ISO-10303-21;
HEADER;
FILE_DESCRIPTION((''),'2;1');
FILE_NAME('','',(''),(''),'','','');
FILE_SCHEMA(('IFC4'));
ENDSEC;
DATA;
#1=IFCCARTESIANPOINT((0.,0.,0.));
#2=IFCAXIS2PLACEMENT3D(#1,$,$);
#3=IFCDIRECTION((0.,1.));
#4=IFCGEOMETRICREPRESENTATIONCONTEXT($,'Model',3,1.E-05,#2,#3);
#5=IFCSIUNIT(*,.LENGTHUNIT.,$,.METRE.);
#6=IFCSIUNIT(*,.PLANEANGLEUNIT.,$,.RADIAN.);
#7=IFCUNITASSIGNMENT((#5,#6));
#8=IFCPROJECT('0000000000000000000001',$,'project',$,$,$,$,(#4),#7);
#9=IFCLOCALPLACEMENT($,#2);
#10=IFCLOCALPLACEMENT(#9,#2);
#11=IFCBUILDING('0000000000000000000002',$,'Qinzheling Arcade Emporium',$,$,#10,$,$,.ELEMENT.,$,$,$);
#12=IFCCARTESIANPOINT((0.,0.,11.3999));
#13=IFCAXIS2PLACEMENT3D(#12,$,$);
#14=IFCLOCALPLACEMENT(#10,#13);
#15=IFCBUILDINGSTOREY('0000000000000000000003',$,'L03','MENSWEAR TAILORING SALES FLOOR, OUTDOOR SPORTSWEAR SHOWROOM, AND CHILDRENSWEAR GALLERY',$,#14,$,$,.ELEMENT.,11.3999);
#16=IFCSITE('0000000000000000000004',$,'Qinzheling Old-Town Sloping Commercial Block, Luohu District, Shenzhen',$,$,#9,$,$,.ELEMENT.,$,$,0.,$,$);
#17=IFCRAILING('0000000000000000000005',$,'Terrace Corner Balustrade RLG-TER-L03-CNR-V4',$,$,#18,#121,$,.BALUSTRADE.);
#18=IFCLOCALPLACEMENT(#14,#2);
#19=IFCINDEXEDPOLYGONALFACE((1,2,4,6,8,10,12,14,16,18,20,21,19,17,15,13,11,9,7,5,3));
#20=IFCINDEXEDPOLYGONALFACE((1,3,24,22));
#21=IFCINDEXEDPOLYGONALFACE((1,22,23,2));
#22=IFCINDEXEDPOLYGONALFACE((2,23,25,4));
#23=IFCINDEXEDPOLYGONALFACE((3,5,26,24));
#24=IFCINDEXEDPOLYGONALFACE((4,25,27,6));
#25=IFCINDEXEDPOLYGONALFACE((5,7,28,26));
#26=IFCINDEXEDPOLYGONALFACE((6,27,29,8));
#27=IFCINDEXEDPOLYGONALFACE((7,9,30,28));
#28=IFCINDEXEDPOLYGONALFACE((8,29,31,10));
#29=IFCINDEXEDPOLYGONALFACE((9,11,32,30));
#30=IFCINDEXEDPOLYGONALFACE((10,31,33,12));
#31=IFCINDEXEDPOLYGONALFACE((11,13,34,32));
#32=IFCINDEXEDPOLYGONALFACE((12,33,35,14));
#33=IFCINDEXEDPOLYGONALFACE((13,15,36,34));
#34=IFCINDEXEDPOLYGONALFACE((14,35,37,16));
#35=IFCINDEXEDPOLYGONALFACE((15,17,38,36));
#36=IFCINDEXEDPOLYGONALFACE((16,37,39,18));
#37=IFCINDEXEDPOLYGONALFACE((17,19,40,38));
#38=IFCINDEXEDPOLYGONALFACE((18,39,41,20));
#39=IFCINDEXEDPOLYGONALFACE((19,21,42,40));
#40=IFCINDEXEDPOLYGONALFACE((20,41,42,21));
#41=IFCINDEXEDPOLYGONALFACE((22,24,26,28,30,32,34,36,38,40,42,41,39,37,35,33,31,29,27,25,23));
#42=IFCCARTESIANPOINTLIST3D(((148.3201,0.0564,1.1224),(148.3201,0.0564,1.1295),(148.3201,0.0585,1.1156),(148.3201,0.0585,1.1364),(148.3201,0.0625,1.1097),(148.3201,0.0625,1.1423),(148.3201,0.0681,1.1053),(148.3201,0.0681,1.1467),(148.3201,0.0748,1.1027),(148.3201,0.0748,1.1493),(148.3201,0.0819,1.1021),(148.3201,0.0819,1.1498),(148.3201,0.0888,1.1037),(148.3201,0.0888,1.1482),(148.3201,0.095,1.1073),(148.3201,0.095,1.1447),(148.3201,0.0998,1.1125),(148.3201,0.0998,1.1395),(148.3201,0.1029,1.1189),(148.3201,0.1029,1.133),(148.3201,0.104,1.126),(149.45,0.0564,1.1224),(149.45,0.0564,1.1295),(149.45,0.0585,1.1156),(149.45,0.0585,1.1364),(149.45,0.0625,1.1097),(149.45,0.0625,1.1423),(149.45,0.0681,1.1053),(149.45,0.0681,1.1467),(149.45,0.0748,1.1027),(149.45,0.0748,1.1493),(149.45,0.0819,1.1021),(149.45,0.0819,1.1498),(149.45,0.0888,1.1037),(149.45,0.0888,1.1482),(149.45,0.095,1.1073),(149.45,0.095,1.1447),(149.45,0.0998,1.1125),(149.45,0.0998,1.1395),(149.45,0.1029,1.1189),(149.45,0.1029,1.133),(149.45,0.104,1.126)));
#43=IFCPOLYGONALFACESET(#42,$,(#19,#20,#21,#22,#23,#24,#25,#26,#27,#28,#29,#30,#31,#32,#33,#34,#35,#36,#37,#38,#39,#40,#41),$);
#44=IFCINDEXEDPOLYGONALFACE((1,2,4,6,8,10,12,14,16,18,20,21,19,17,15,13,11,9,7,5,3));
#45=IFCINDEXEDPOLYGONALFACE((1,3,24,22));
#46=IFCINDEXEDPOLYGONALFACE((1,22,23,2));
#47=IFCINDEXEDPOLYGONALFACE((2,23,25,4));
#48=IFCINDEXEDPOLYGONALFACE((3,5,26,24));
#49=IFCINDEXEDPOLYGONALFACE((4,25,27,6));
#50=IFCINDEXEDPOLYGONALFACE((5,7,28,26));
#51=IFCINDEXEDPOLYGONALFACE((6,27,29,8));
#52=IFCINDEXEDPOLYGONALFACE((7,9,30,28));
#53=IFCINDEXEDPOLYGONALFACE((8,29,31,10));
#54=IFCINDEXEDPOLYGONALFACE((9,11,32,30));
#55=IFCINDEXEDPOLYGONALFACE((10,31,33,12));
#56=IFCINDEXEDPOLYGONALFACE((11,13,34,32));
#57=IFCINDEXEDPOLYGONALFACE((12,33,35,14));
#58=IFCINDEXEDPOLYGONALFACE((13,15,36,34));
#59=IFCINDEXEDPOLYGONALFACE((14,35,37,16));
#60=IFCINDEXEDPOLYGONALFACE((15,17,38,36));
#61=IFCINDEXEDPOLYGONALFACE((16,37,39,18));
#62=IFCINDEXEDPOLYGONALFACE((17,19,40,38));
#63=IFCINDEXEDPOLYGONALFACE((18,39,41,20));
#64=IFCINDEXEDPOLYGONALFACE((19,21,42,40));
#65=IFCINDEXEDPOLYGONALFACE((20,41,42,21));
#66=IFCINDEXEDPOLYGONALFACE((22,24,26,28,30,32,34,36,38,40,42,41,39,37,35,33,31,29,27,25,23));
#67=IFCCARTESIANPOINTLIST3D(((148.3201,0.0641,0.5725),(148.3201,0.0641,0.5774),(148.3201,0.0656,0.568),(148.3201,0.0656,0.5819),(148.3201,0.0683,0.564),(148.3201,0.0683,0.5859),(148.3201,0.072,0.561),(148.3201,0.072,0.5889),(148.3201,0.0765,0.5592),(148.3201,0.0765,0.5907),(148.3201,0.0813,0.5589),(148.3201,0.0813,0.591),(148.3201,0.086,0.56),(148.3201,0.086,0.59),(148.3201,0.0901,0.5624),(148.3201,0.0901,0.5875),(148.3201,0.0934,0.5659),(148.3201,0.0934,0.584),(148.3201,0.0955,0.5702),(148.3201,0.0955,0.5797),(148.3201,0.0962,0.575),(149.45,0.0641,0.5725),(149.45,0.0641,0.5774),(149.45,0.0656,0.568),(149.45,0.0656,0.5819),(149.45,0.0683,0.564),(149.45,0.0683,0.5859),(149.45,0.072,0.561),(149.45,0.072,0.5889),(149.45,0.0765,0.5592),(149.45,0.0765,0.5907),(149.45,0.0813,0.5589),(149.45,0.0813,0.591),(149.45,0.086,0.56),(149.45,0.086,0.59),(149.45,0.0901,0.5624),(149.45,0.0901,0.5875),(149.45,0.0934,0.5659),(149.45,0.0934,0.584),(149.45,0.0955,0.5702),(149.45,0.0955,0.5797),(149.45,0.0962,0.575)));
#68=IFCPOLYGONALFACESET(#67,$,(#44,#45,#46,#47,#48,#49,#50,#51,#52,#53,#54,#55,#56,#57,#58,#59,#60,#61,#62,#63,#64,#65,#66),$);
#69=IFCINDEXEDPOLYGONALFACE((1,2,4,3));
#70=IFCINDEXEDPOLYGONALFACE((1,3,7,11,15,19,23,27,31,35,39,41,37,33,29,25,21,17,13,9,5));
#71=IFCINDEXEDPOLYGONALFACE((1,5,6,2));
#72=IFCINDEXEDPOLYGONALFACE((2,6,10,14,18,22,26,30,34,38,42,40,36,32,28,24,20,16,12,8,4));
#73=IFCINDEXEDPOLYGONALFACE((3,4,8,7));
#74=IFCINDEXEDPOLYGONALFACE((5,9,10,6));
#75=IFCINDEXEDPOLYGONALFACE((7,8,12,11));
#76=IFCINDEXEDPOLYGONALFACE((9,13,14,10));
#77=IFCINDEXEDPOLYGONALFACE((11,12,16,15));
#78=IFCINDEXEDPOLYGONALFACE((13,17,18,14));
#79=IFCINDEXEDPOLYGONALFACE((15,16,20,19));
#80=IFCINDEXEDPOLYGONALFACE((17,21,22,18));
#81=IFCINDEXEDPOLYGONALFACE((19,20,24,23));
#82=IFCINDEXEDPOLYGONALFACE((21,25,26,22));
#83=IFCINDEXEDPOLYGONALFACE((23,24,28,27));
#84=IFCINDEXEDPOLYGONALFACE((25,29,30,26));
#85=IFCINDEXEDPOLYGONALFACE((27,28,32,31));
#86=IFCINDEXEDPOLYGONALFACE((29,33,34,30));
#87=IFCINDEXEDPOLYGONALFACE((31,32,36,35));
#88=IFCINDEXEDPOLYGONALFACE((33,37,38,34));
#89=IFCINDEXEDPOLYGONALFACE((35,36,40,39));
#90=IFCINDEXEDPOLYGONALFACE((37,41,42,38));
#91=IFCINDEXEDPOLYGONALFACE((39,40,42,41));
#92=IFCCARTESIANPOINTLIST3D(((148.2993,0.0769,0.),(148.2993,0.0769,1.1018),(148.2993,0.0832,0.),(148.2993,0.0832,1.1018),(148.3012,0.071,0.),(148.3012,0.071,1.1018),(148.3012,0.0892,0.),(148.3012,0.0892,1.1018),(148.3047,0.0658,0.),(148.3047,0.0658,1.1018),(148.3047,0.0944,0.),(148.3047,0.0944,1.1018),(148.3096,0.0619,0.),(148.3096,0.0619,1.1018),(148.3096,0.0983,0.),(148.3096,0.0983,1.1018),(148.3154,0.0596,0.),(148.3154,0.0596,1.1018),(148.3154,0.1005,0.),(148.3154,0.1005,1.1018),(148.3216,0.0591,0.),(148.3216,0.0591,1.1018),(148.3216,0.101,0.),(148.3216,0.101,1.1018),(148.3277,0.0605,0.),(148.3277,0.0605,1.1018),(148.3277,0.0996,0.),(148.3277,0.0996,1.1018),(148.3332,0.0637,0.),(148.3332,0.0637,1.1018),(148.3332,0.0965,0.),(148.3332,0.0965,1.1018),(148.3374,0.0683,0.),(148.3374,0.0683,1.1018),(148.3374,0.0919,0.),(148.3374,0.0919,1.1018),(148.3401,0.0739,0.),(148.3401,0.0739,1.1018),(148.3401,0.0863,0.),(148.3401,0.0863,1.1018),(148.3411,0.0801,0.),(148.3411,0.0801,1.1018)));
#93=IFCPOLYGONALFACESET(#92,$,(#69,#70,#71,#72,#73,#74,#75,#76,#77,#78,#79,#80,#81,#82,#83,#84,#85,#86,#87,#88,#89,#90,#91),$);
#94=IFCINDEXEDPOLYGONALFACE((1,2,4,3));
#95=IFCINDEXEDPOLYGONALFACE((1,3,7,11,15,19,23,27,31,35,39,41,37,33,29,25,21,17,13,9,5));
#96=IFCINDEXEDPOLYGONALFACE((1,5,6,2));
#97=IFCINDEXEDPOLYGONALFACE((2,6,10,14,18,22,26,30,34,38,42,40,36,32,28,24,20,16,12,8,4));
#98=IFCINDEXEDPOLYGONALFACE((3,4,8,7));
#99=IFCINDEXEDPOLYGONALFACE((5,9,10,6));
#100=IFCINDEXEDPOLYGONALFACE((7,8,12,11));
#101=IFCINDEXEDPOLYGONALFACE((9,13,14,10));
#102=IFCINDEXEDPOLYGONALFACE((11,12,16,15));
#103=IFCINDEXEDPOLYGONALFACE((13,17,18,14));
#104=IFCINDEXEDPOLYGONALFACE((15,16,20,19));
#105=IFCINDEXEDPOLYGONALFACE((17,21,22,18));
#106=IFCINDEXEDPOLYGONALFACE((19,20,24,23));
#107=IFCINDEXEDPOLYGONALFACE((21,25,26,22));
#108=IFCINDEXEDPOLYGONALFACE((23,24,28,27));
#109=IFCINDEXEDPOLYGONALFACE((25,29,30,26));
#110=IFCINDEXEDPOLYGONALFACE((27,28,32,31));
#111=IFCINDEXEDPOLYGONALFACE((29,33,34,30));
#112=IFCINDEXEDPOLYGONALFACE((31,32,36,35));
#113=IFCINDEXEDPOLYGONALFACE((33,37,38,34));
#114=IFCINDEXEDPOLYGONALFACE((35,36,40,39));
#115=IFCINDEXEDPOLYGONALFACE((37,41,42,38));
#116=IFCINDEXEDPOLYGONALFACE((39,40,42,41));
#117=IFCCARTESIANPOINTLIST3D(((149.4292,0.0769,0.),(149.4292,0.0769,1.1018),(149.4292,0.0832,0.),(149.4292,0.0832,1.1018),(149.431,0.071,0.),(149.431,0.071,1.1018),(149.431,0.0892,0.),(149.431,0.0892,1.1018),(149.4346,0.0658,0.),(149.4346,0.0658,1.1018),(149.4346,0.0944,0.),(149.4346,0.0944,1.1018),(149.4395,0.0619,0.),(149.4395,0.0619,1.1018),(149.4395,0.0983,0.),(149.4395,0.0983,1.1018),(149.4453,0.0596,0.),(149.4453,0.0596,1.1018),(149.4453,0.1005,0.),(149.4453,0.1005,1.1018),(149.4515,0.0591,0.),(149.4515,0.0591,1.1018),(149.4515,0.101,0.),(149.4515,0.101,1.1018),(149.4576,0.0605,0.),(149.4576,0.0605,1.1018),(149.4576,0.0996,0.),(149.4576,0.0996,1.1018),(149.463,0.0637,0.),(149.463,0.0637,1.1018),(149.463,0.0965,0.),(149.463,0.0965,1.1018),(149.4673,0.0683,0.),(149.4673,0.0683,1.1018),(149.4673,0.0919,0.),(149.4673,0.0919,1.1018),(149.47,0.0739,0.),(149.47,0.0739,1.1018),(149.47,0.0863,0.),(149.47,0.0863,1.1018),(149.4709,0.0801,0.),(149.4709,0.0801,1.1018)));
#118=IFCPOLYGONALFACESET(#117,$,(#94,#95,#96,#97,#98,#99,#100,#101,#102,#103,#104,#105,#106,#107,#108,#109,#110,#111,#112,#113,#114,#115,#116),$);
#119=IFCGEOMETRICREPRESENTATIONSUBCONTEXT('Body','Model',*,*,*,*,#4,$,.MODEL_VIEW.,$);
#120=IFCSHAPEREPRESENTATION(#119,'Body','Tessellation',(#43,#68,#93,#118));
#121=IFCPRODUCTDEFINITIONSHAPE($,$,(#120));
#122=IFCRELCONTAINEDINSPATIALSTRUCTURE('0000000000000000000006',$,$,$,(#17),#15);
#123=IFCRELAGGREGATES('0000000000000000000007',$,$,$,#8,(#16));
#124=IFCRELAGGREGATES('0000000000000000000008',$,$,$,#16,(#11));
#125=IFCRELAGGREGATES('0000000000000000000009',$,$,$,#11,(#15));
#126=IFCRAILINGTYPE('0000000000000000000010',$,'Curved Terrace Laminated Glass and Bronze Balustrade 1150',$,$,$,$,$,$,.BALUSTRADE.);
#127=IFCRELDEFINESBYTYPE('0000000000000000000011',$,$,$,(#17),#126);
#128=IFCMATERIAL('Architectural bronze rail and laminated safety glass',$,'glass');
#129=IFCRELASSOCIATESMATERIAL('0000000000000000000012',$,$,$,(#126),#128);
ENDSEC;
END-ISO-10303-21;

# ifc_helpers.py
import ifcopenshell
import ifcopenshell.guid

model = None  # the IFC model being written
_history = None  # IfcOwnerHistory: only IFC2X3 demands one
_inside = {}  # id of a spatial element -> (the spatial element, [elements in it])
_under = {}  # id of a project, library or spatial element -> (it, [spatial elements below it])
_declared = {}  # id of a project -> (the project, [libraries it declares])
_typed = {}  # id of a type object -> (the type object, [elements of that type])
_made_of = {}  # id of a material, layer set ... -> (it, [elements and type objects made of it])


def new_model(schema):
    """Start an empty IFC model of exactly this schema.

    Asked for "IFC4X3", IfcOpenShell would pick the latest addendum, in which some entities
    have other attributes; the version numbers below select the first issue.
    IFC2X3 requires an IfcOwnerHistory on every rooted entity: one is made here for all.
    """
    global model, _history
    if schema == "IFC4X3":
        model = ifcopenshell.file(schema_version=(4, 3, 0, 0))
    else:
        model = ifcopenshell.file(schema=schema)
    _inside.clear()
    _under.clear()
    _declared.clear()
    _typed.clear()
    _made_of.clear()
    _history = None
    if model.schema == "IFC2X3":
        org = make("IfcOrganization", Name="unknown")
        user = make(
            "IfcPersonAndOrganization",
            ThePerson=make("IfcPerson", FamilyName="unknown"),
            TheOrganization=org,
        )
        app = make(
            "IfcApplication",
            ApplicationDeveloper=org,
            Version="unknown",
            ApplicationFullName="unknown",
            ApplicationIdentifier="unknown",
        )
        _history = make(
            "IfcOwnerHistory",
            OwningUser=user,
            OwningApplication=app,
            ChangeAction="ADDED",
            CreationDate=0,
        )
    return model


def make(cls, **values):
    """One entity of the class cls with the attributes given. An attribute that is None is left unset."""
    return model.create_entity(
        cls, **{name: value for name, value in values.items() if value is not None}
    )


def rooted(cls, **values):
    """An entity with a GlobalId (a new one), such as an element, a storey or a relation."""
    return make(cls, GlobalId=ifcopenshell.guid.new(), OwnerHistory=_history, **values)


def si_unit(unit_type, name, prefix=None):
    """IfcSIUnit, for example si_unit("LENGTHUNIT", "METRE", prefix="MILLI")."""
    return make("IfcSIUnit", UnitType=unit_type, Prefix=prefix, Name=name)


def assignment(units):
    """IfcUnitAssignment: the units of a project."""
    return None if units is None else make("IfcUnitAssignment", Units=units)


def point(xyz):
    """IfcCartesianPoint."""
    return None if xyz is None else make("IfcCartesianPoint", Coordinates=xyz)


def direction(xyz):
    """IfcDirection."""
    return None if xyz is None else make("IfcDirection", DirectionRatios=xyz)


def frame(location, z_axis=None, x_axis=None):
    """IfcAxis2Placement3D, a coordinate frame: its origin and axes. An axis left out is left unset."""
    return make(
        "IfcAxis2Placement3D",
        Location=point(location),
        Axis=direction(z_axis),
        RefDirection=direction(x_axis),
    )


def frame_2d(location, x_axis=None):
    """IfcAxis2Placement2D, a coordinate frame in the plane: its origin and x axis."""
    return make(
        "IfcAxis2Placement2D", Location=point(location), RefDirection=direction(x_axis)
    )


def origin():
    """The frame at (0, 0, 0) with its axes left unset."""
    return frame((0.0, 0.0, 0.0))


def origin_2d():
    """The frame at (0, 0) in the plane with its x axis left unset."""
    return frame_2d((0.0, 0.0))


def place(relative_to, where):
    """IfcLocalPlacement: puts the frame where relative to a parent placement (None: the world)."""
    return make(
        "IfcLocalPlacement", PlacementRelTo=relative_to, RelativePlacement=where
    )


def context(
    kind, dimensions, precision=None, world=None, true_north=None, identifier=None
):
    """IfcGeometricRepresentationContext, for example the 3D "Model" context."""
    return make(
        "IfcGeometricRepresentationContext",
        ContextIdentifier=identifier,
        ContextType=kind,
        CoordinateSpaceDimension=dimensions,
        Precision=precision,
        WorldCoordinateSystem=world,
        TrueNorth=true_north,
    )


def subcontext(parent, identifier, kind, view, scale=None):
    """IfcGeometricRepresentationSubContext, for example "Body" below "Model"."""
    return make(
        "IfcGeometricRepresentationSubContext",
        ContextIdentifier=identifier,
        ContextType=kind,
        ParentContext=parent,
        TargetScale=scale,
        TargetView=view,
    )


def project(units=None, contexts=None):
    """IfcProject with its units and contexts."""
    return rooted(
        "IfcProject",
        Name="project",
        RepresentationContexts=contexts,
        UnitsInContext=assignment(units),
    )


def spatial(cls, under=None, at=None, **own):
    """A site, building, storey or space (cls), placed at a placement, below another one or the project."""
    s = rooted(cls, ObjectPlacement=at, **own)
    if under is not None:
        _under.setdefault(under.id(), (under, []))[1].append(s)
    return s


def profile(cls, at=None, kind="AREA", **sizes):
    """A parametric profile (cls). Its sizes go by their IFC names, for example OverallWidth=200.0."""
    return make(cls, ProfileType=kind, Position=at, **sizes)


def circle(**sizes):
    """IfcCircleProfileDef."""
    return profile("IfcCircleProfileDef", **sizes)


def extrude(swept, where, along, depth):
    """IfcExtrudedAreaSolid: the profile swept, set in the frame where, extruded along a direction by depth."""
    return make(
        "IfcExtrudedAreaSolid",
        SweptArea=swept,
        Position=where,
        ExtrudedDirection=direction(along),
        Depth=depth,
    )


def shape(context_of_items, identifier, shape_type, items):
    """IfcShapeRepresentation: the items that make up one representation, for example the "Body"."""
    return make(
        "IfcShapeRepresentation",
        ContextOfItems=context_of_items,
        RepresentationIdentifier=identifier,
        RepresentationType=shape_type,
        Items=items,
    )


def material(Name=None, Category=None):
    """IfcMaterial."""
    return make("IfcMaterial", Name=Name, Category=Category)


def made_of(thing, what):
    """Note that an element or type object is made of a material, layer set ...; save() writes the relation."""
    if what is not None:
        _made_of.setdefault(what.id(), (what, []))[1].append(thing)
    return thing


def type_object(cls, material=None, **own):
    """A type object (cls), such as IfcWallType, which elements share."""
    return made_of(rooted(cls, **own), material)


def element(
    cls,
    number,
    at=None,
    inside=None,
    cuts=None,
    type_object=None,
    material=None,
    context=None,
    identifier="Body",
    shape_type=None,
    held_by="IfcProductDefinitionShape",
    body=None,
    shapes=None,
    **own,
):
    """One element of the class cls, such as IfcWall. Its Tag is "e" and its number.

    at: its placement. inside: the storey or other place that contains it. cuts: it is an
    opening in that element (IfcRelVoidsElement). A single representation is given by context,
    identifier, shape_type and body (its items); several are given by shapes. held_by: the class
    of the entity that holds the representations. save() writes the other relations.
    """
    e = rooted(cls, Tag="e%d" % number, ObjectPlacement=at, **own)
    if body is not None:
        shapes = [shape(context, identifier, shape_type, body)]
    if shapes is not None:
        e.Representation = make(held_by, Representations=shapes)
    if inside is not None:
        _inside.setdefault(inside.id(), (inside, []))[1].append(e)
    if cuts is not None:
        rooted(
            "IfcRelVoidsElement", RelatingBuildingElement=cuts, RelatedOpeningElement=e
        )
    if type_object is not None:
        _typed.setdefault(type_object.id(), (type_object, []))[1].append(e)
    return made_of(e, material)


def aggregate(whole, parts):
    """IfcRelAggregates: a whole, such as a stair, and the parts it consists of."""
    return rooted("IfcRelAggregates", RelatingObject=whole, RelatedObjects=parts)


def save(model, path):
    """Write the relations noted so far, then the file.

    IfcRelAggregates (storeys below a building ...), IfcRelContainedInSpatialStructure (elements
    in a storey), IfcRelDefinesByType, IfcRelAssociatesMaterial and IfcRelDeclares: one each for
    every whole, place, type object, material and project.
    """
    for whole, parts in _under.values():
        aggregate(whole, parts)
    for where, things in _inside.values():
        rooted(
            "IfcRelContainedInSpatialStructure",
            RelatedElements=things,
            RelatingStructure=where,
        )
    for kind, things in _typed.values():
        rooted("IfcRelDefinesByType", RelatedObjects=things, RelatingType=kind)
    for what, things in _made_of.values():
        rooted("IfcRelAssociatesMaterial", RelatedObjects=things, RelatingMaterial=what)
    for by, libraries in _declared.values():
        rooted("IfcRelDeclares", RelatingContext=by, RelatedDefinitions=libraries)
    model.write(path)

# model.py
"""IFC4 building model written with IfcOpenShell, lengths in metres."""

from ifc_helpers import new_model, si_unit, direction, frame, origin, origin_2d, place, context, subcontext, project, spatial, circle, extrude, material, type_object, element, save


model = new_model("IFC4")

# Units and contexts
model_context = context("Model", 3, precision=1e-05, world=origin(), true_north=direction((0.0, 1.0)))
body_context = subcontext(model_context, "Body", "Model", "MODEL_VIEW")
ifc_project = project(units=[si_unit("LENGTHUNIT", "METRE"), si_unit("PLANEANGLEUNIT", "RADIAN")], contexts=[model_context])

# Site, building, storey
site_placement = place(None, origin())
site = spatial("IfcSite", under=ifc_project, at=site_placement, Name="Qinzheling Old-Town Sloping Commercial Block, Luohu District, Shenzhen", CompositionType="ELEMENT", RefElevation=0.0)
building_placement = place(site_placement, origin())
building = spatial("IfcBuilding", under=site, at=building_placement, Name="Qinzheling Arcade Emporium", CompositionType="ELEMENT")
storey_placement = place(building_placement, frame((0.0, 0.0, 11.3999)))
storey = spatial("IfcBuildingStorey", under=building, at=storey_placement, Name="L03", Description="MENSWEAR TAILORING SALES FLOOR, OUTDOOR SPORTSWEAR SHOWROOM, AND CHILDRENSWEAR GALLERY", CompositionType="ELEMENT", Elevation=11.3999)

# Railing
ifc_material_1 = material(Name="Architectural bronze rail and laminated safety glass", Category="glass")
railing_type = type_object("IfcRailingType", Name="Curved Terrace Laminated Glass and Bronze Balustrade 1150", PredefinedType="BALUSTRADE", material=ifc_material_1)
railing_placement = place(storey_placement, frame((148.3201, 0.0801, 0.0)))
element("IfcRailing", 1, at=railing_placement, inside=storey, type_object=railing_type, Name="Terrace Corner Balustrade RLG-TER-L03-CNR-V4", PredefinedType="BALUSTRADE", context=body_context, shape_type="SweptSolid", body=[
    extrude(circle(Radius=0.0239, at=origin_2d()), frame((0.0, 0.0, 1.126), z_axis=(1.0, 0.0, 0.0), x_axis=(0.0, 1.0, 0.0)), (0.0, 0.0, 1.0), 1.1299),
    extrude(circle(Radius=0.0161, at=origin_2d()), frame((0.0, 0.0, 0.575), z_axis=(1.0, 0.0, 0.0), x_axis=(0.0, 1.0, 0.0)), (0.0, 0.0, 1.0), 1.1299),
    extrude(circle(Radius=0.021, at=origin_2d()), origin(), (0.0, 0.0, 1.0), 1.1018),
    extrude(circle(Radius=0.021, at=origin_2d()), frame((1.1299, 0.0, 0.0)), (0.0, 0.0, 1.0), 1.1018),
])

save(model, "model.ifc")
